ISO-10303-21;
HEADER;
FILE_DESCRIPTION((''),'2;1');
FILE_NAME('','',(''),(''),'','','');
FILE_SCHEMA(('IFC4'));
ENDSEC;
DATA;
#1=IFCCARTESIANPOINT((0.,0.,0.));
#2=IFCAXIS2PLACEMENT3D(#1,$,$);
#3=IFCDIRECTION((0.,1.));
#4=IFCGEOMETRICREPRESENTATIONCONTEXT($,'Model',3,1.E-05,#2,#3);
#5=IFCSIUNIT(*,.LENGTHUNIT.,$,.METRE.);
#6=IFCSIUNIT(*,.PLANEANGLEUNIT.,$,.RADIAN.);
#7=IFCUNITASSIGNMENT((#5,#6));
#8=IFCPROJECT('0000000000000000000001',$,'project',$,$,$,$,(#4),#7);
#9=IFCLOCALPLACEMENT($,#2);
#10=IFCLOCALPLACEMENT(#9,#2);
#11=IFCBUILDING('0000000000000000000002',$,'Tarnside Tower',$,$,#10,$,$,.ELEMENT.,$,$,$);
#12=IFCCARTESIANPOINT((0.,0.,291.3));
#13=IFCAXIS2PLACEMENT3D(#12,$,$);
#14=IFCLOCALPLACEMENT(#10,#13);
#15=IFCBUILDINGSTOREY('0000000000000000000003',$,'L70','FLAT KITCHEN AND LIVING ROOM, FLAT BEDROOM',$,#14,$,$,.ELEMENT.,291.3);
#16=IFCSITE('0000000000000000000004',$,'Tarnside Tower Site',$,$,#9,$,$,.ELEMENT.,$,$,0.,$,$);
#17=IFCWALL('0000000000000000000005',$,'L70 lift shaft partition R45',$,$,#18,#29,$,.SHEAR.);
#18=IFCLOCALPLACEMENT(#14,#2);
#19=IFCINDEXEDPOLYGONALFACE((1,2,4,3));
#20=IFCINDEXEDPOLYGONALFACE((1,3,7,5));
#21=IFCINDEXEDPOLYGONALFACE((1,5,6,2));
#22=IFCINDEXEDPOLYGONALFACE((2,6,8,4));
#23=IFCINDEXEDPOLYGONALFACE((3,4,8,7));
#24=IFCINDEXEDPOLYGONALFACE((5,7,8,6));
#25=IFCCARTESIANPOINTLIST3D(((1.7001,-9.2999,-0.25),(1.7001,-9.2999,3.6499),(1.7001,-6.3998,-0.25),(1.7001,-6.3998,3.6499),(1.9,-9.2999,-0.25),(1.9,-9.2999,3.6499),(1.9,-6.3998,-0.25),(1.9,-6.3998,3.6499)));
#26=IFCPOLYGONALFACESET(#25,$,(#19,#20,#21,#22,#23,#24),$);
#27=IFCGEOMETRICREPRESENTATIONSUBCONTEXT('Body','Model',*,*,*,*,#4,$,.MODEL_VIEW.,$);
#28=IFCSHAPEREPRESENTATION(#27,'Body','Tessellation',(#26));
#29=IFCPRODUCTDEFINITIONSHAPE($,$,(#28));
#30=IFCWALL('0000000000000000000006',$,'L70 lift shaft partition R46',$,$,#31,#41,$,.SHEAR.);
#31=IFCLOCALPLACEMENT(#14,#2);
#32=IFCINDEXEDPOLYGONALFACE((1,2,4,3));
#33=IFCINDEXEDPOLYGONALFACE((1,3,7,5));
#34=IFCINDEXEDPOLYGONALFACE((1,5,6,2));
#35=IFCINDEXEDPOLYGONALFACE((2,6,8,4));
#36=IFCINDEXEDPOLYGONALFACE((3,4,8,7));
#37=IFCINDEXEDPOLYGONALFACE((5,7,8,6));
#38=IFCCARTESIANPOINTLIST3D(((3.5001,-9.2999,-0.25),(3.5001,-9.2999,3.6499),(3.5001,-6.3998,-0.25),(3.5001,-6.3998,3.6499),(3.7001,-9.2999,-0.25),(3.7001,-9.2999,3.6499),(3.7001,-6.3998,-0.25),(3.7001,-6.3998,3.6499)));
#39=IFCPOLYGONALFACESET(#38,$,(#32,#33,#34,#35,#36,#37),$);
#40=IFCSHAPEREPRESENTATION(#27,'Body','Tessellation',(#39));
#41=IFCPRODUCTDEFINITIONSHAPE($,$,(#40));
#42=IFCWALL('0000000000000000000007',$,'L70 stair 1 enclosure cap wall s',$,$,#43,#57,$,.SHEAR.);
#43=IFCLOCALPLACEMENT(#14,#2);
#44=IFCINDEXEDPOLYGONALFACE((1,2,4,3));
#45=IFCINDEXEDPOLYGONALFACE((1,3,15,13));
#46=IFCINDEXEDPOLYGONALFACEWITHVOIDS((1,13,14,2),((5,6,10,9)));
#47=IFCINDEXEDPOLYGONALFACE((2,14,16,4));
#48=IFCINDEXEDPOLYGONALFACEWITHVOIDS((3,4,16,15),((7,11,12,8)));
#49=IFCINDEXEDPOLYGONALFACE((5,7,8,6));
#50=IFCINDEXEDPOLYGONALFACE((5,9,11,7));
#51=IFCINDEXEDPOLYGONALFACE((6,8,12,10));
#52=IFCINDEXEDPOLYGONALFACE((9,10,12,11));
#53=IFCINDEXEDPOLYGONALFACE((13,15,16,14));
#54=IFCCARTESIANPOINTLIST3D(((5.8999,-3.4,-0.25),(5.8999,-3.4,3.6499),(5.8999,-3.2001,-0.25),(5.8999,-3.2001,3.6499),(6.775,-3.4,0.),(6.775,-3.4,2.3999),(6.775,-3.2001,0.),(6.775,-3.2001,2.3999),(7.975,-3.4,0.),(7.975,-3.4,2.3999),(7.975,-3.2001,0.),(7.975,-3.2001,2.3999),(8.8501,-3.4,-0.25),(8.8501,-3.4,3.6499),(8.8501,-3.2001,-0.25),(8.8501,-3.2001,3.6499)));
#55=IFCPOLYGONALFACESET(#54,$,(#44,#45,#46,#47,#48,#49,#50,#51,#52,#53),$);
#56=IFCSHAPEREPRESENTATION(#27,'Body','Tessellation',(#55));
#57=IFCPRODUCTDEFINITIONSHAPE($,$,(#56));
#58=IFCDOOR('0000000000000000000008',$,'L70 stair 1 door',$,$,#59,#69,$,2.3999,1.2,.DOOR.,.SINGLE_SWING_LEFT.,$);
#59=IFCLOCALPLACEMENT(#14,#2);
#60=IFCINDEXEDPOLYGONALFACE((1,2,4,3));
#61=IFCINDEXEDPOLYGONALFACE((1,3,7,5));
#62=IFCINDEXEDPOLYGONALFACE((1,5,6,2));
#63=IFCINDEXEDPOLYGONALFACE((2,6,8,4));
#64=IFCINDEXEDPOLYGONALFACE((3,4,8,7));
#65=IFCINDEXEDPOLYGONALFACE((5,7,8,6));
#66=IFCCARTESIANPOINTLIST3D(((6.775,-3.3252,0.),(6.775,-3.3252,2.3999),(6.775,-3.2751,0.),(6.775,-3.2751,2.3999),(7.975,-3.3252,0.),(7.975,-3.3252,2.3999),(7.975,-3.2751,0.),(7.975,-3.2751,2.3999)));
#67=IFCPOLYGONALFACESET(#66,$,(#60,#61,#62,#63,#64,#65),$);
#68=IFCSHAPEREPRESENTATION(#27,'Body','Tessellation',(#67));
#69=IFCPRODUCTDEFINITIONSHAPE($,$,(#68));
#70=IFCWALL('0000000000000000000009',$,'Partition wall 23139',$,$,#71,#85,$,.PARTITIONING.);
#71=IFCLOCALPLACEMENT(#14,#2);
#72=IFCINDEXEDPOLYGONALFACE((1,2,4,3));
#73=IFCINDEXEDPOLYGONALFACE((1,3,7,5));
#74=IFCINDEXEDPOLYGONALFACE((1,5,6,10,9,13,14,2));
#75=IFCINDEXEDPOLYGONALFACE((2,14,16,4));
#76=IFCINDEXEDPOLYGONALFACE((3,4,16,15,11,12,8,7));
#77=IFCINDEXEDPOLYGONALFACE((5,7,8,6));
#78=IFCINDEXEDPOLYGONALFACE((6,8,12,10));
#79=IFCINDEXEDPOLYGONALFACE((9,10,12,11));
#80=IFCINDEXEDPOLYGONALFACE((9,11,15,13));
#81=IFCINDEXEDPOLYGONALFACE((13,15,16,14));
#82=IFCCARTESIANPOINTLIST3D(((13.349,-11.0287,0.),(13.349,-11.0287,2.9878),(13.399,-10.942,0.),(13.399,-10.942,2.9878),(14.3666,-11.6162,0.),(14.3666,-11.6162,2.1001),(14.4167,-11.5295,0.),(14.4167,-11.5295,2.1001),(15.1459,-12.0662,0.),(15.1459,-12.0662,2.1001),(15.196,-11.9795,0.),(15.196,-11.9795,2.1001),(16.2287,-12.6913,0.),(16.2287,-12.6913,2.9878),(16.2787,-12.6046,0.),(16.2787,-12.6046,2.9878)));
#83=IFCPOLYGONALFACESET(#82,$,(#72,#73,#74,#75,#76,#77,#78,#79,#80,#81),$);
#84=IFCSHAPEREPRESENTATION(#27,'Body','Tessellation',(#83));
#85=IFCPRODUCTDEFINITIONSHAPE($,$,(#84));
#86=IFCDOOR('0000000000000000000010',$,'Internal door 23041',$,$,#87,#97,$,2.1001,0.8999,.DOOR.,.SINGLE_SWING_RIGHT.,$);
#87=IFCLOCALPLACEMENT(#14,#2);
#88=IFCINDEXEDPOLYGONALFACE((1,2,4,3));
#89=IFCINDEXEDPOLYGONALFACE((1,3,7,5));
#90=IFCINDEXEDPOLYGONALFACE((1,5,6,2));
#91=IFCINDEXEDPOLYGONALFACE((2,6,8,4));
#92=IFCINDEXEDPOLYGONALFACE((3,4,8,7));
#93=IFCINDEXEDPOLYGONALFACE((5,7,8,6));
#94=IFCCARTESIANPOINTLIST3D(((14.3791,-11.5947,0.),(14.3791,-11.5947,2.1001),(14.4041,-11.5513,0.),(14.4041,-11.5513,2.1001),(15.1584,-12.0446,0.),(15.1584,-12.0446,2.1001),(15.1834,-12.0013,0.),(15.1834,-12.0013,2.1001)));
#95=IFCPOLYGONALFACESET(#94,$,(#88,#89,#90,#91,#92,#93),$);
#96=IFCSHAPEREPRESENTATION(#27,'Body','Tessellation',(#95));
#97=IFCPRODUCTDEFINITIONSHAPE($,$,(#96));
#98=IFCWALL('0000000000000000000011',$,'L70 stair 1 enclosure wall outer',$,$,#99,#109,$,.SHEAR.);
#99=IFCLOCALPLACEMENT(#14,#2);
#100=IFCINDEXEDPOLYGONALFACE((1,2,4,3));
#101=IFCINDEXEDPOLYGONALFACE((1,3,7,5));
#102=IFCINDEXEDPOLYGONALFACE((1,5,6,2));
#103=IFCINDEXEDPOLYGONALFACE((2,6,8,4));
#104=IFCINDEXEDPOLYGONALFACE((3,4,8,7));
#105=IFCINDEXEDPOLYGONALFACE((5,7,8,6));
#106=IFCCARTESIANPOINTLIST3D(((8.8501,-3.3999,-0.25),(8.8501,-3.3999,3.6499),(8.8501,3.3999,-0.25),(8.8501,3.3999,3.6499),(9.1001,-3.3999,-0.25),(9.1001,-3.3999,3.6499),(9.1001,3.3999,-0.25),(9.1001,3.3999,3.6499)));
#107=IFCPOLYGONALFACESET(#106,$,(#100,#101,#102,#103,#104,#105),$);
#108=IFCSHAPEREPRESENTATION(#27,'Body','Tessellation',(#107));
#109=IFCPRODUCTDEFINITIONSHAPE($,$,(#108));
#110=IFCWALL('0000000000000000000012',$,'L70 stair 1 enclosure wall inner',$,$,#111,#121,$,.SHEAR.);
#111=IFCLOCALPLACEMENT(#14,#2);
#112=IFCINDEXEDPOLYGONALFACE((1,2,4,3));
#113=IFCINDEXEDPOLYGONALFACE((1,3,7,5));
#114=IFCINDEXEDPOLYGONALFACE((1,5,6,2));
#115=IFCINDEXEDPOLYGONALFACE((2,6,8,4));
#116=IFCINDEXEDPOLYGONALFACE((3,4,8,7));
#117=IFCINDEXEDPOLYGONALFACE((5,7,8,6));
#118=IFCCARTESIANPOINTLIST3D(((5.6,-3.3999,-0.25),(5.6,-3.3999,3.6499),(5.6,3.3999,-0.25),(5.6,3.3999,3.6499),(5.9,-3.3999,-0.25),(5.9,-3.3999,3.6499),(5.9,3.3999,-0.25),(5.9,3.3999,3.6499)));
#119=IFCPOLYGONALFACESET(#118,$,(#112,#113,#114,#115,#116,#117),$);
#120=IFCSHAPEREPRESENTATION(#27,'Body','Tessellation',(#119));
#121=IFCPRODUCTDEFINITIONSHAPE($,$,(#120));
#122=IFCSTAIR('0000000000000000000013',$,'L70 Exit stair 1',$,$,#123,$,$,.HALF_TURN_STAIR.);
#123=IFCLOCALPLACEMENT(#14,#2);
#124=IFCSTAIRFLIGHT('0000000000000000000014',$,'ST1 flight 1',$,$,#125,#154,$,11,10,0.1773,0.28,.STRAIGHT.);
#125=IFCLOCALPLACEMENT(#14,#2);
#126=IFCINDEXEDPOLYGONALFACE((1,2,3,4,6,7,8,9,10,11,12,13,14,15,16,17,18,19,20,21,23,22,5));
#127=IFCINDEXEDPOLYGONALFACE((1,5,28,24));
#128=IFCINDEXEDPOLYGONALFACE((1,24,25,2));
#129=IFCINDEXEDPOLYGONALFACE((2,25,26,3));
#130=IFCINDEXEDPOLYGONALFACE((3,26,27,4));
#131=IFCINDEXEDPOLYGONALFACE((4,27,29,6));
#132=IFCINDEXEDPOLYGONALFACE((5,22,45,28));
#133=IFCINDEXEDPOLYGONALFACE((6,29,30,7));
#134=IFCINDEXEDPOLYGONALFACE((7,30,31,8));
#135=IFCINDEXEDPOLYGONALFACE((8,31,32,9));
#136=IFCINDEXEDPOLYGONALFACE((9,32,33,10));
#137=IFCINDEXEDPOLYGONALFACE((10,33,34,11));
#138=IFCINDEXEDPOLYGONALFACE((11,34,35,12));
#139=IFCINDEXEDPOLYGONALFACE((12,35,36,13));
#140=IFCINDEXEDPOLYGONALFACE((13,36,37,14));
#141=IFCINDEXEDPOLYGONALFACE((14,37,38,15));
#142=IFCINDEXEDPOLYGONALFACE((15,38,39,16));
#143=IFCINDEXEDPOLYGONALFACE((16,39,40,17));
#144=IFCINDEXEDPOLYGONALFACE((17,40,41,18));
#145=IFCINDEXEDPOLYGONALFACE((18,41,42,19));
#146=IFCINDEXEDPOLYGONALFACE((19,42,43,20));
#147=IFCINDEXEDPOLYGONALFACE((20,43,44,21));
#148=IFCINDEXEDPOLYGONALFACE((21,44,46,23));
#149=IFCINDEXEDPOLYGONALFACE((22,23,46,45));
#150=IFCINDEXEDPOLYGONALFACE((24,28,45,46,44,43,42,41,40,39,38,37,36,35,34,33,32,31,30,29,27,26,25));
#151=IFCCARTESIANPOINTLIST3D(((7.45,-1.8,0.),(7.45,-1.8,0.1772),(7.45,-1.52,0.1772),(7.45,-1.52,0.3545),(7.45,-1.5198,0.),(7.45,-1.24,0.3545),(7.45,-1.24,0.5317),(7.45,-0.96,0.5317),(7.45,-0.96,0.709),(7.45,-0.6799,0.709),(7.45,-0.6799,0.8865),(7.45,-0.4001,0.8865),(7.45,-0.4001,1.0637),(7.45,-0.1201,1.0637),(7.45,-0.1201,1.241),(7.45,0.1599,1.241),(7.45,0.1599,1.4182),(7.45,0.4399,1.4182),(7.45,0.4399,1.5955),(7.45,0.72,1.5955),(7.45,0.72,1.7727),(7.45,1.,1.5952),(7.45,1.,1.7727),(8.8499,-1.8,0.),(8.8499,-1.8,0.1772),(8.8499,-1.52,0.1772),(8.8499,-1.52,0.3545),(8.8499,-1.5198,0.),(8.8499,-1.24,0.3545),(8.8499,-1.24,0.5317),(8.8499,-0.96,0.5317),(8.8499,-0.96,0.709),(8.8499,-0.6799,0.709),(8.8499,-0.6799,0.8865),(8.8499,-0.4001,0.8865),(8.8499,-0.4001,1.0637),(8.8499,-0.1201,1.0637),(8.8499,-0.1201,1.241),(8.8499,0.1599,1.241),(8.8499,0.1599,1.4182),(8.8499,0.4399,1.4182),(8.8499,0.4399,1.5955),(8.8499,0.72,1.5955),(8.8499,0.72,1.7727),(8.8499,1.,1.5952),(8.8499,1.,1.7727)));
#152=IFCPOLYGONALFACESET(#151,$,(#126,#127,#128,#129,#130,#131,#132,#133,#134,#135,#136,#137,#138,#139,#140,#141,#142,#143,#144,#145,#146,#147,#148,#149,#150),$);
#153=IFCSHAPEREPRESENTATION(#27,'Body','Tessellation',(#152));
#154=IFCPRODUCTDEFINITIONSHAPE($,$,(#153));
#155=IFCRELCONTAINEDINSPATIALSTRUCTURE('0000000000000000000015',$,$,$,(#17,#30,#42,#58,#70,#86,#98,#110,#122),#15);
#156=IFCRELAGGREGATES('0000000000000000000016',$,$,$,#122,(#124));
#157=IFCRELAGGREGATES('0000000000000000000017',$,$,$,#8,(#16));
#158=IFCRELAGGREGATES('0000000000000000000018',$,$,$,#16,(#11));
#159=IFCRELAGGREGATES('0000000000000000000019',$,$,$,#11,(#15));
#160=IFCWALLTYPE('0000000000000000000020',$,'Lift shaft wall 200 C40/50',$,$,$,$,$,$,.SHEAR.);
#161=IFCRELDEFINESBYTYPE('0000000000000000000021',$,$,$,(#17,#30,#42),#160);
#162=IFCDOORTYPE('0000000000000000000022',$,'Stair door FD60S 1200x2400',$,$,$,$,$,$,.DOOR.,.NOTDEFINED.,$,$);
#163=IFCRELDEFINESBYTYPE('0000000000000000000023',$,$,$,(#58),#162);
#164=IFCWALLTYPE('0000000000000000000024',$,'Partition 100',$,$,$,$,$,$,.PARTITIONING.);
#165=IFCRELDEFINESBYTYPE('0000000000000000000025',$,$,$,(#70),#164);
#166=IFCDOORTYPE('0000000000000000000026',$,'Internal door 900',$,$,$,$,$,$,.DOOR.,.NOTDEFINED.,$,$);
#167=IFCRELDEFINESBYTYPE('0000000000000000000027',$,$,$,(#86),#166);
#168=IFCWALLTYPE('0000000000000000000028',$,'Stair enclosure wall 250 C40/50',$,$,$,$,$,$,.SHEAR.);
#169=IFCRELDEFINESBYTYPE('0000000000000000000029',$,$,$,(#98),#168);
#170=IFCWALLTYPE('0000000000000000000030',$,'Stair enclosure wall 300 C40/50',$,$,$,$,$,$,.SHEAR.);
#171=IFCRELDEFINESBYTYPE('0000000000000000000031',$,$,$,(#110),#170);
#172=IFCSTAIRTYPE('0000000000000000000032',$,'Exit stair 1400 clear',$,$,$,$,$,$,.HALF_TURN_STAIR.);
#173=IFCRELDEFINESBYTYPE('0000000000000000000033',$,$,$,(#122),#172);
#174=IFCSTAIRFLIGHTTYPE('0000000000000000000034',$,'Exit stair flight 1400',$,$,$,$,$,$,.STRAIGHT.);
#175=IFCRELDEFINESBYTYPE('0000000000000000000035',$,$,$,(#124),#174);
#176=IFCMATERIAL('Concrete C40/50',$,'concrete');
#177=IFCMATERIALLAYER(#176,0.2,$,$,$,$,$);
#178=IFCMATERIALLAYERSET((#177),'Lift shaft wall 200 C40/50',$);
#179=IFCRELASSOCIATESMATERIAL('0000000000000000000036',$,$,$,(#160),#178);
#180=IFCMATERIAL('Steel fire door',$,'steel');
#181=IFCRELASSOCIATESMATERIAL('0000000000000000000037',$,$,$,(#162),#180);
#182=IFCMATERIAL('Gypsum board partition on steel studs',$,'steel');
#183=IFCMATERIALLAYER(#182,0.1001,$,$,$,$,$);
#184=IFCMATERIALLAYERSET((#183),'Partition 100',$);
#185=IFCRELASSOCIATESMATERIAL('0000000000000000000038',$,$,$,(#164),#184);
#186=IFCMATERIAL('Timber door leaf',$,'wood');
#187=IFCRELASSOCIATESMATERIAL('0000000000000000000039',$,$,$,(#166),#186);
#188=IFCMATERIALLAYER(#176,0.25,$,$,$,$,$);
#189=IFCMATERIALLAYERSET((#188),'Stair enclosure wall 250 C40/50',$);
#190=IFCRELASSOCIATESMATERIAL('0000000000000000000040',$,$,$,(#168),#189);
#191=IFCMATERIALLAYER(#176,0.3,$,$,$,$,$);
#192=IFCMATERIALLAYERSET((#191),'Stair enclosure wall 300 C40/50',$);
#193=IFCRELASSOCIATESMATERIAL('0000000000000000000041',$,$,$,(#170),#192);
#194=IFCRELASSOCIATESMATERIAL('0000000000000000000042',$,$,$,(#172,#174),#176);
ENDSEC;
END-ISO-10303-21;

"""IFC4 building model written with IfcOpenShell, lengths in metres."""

from ifc_helpers import new_model, si_unit, direction, frame, frame_2d, origin, place, context, subcontext, project, spatial, polyline, rectangle, outline, extrude, material, layer, layer_set, type_object, element, fill, aggregate, save


model = new_model("IFC4")

# Units and contexts
model_context = context("Model", 3, precision=1e-05, world=origin(), true_north=direction((0.0, 1.0)))
body_context = subcontext(model_context, "Body", "Model", "MODEL_VIEW")
ifc_project = project(units=[si_unit("LENGTHUNIT", "METRE"), si_unit("PLANEANGLEUNIT", "RADIAN")], contexts=[model_context])

# Site, building, storey
site_placement = place(None, origin())
site = spatial("IfcSite", under=ifc_project, at=site_placement, Name="Tarnside Tower Site", CompositionType="ELEMENT", RefElevation=0.0)
building_placement = place(site_placement, origin())
building = spatial("IfcBuilding", under=site, at=building_placement, Name="Tarnside Tower", CompositionType="ELEMENT")
storey_placement = place(building_placement, frame((0.0, 0.0, 291.3)))
storey = spatial("IfcBuildingStorey", under=building, at=storey_placement, Name="L70", Description="FLAT KITCHEN AND LIVING ROOM, FLAT BEDROOM", CompositionType="ELEMENT", Elevation=291.3)

# Shared definitions
ifc_material_1 = material(Name="Gypsum board partition on steel studs", Category="steel")
ifc_material_2 = material(Name="Timber door leaf", Category="wood")
ifc_material_3 = material(Name="Concrete C40/50", Category="concrete")
ifc_material_4 = material(Name="Steel fire door", Category="steel")

# Walls
ifc_layer_1 = layer(ifc_material_3, 0.2)
ifc_layer_set_1 = layer_set([ifc_layer_1], Name="Lift shaft wall 200 C40/50")
wall_type_1 = type_object("IfcWallType", Name="Lift shaft wall 200 C40/50", PredefinedType="SHEAR", material=ifc_layer_set_1)
for number, where, z_axis, x_axis, name in (
    (1, (1.8, -9.3, -0.25), (0.0, 0.0, 1.0), (0.0, 1.0, 0.0), "L70 lift shaft partition R45"),
    (2, (3.6001, -9.3, -0.25), (0.0, 0.0, 1.0), (0.0, 1.0, 0.0), "L70 lift shaft partition R46"),
):
    element("IfcWall", number, at=place(storey_placement, frame(where, z_axis=z_axis, x_axis=x_axis)), inside=storey, type_object=wall_type_1, Name=name, PredefinedType="SHEAR", context=body_context, shape_type="SweptSolid", body=[
        extrude(rectangle(XDim=2.9001, YDim=0.2, at=frame_2d((1.4502, 0.0))), origin(), (0.0, 0.0, 1.0), 3.8999),
    ])

# Walls, openings, doors
wall_1_placement = place(storey_placement, frame((5.8999, -3.3, -0.25), z_axis=(0.0, 0.0, 1.0), x_axis=(1.0, 0.0, 0.0)))
wall_1 = element("IfcWall", 3, at=wall_1_placement, inside=storey, type_object=wall_type_1, Name="L70 stair 1 enclosure cap wall s", PredefinedType="SHEAR", context=body_context, shape_type="SweptSolid", body=[
    extrude(rectangle(XDim=2.9502, YDim=0.2, at=frame_2d((1.4751, 0.0))), origin(), (0.0, 0.0, 1.0), 3.8999),
])
opening_1_placement = place(wall_1_placement, frame((0.875, 0.0, 0.25)))
opening_1 = element("IfcOpeningElement", 4, at=opening_1_placement, cuts=wall_1, PredefinedType="OPENING", context=body_context, shape_type="SweptSolid", body=[
    extrude(rectangle(XDim=1.2, YDim=2.3999, at=frame_2d((0.6001, 1.2))), frame((0.0, 0.1099, 0.0), z_axis=(0.0, -1.0, 0.0), x_axis=(1.0, 0.0, 0.0)), (0.0, 0.0, 1.0), 0.22),
])
door_type_1 = type_object("IfcDoorType", Name="Stair door FD60S 1200x2400", OperationType="NOTDEFINED", PredefinedType="DOOR", material=ifc_material_4)
door_1_placement = place(opening_1_placement, origin())
door_1 = element("IfcDoor", 5, at=door_1_placement, inside=storey, type_object=door_type_1, Name="L70 stair 1 door", OperationType="SINGLE_SWING_LEFT", OverallHeight=2.3999, OverallWidth=1.2, PredefinedType="DOOR", context=body_context, shape_type="SweptSolid", body=[
    extrude(rectangle(XDim=1.2, YDim=2.3999, at=frame_2d((0.6001, 1.2))), frame((0.0, 0.0249, 0.0), z_axis=(0.0, -1.0, 0.0), x_axis=(1.0, 0.0, 0.0)), (0.0, 0.0, 1.0), 0.05),
])
fill(opening_1, door_1)
ifc_layer_2 = layer(ifc_material_1, 0.1001)
ifc_layer_set_2 = layer_set([ifc_layer_2], Name="Partition 100")
wall_type_2 = type_object("IfcWallType", Name="Partition 100", PredefinedType="PARTITIONING", material=ifc_layer_set_2)
wall_2_placement = place(storey_placement, frame((13.374, -10.9854, 0.0), z_axis=(0.0, 0.0, 1.0), x_axis=(0.866021, -0.500008, 0.0)))
wall_2 = element("IfcWall", 6, at=wall_2_placement, inside=storey, type_object=wall_type_2, Name="Partition wall 23139", PredefinedType="PARTITIONING", context=body_context, shape_type="SweptSolid", body=[
    extrude(rectangle(XDim=3.3252, YDim=0.1001, at=frame_2d((1.6626, 0.0))), origin(), (0.0, 0.0, 1.0), 2.9878),
])
opening_2_placement = place(wall_2_placement, frame((1.175, 0.0, 0.0)))
opening_2 = element("IfcOpeningElement", 7, at=opening_2_placement, cuts=wall_2, PredefinedType="OPENING", context=body_context, shape_type="SweptSolid", body=[
    extrude(rectangle(XDim=0.8999, YDim=2.1001, at=frame_2d((0.45, 1.05))), frame((0.0, 0.0601, 0.0), z_axis=(0.0, -1.0, 0.0), x_axis=(1.0, 0.0, 0.0)), (0.0, 0.0, 1.0), 0.1201),
])
door_type_2 = type_object("IfcDoorType", Name="Internal door 900", OperationType="NOTDEFINED", PredefinedType="DOOR", material=ifc_material_2)
door_2_placement = place(opening_2_placement, origin())
door_2 = element("IfcDoor", 8, at=door_2_placement, inside=storey, type_object=door_type_2, Name="Internal door 23041", OperationType="SINGLE_SWING_RIGHT", OverallHeight=2.1001, OverallWidth=0.8999, PredefinedType="DOOR", context=body_context, shape_type="SweptSolid", body=[
    extrude(rectangle(XDim=0.8999, YDim=2.1001, at=frame_2d((0.45, 1.05))), frame((0.0, 0.0249, 0.0), z_axis=(0.0, -1.0, 0.0), x_axis=(1.0, 0.0, 0.0)), (0.0, 0.0, 1.0), 0.05),
])
fill(opening_2, door_2)

# Walls
ifc_layer_3 = layer(ifc_material_3, 0.25)
ifc_layer_set_3 = layer_set([ifc_layer_3], Name="Stair enclosure wall 250 C40/50")
wall_type_3 = type_object("IfcWallType", Name="Stair enclosure wall 250 C40/50", PredefinedType="SHEAR", material=ifc_layer_set_3)
wall_3_placement = place(storey_placement, frame((8.9751, -3.3999, -0.25), z_axis=(0.0, 0.0, 1.0), x_axis=(0.0, 1.0, 0.0)))
element("IfcWall", 9, at=wall_3_placement, inside=storey, type_object=wall_type_3, Name="L70 stair 1 enclosure wall outer", PredefinedType="SHEAR", context=body_context, shape_type="SweptSolid", body=[
    extrude(rectangle(XDim=6.7998, YDim=0.25, at=frame_2d((3.3999, 0.0))), origin(), (0.0, 0.0, 1.0), 3.8999),
])
ifc_layer_4 = layer(ifc_material_3, 0.3)
ifc_layer_set_4 = layer_set([ifc_layer_4], Name="Stair enclosure wall 300 C40/50")
wall_type_4 = type_object("IfcWallType", Name="Stair enclosure wall 300 C40/50", PredefinedType="SHEAR", material=ifc_layer_set_4)
wall_4_placement = place(storey_placement, frame((5.75, -3.3999, -0.25), z_axis=(0.0, 0.0, 1.0), x_axis=(0.0, 1.0, 0.0)))
element("IfcWall", 10, at=wall_4_placement, inside=storey, type_object=wall_type_4, Name="L70 stair 1 enclosure wall inner", PredefinedType="SHEAR", context=body_context, shape_type="SweptSolid", body=[
    extrude(rectangle(XDim=6.7998, YDim=0.3, at=frame_2d((3.3999, 0.0))), origin(), (0.0, 0.0, 1.0), 3.8999),
])

# Stair, stair flight
stair_type = type_object("IfcStairType", Name="Exit stair 1400 clear", PredefinedType="HALF_TURN_STAIR", material=ifc_material_3)
stair_placement = place(storey_placement, origin())
stair = element("IfcStair", 11, at=stair_placement, inside=storey, type_object=stair_type, Name="L70 Exit stair 1", PredefinedType="HALF_TURN_STAIR")
stair_flight_type = type_object("IfcStairFlightType", Name="Exit stair flight 1400", PredefinedType="STRAIGHT", material=ifc_material_3)
stair_flight_placement = place(storey_placement, frame((8.1499, -1.8, 0.0), z_axis=(0.0, 0.0, 1.0), x_axis=(0.0, 1.0, 0.0)))
stair_flight = element("IfcStairFlight", 12, at=stair_flight_placement, type_object=stair_flight_type, Name="ST1 flight 1", NumberOfRisers=11, NumberOfTreads=10, PredefinedType="STRAIGHT", RiserHeight=0.1773, TreadLength=0.28, context=body_context, shape_type="SweptSolid", body=[
    extrude(outline(polyline([(0.0, 0.0), (0.0, 0.1772), (0.28, 0.1772), (0.28, 0.3545), (0.5601, 0.3545), (0.5601, 0.5317), (0.8401, 0.5317), (0.8401, 0.709), (1.1201, 0.709), (1.1201, 0.8865), (1.3999, 0.8865), (1.3999, 1.0637), (1.6799, 1.0637), (1.6799, 1.241), (1.96, 1.241), (1.96, 1.4182), (2.24, 1.4182), (2.24, 1.5955), (2.52, 1.5955), (2.52, 1.7727), (2.8, 1.7727), (2.8, 1.95), (2.8, 1.5952), (0.2803, 0.0), (0.0, 0.0)])), frame((0.0, 0.7, 0.0), z_axis=(0.0, -1.0, 0.0), x_axis=(1.0, 0.0, 0.0)), (0.0, 0.0, 1.0), 1.3999),
])
aggregate(stair, [stair_flight])

save(model, "model.ifc")
